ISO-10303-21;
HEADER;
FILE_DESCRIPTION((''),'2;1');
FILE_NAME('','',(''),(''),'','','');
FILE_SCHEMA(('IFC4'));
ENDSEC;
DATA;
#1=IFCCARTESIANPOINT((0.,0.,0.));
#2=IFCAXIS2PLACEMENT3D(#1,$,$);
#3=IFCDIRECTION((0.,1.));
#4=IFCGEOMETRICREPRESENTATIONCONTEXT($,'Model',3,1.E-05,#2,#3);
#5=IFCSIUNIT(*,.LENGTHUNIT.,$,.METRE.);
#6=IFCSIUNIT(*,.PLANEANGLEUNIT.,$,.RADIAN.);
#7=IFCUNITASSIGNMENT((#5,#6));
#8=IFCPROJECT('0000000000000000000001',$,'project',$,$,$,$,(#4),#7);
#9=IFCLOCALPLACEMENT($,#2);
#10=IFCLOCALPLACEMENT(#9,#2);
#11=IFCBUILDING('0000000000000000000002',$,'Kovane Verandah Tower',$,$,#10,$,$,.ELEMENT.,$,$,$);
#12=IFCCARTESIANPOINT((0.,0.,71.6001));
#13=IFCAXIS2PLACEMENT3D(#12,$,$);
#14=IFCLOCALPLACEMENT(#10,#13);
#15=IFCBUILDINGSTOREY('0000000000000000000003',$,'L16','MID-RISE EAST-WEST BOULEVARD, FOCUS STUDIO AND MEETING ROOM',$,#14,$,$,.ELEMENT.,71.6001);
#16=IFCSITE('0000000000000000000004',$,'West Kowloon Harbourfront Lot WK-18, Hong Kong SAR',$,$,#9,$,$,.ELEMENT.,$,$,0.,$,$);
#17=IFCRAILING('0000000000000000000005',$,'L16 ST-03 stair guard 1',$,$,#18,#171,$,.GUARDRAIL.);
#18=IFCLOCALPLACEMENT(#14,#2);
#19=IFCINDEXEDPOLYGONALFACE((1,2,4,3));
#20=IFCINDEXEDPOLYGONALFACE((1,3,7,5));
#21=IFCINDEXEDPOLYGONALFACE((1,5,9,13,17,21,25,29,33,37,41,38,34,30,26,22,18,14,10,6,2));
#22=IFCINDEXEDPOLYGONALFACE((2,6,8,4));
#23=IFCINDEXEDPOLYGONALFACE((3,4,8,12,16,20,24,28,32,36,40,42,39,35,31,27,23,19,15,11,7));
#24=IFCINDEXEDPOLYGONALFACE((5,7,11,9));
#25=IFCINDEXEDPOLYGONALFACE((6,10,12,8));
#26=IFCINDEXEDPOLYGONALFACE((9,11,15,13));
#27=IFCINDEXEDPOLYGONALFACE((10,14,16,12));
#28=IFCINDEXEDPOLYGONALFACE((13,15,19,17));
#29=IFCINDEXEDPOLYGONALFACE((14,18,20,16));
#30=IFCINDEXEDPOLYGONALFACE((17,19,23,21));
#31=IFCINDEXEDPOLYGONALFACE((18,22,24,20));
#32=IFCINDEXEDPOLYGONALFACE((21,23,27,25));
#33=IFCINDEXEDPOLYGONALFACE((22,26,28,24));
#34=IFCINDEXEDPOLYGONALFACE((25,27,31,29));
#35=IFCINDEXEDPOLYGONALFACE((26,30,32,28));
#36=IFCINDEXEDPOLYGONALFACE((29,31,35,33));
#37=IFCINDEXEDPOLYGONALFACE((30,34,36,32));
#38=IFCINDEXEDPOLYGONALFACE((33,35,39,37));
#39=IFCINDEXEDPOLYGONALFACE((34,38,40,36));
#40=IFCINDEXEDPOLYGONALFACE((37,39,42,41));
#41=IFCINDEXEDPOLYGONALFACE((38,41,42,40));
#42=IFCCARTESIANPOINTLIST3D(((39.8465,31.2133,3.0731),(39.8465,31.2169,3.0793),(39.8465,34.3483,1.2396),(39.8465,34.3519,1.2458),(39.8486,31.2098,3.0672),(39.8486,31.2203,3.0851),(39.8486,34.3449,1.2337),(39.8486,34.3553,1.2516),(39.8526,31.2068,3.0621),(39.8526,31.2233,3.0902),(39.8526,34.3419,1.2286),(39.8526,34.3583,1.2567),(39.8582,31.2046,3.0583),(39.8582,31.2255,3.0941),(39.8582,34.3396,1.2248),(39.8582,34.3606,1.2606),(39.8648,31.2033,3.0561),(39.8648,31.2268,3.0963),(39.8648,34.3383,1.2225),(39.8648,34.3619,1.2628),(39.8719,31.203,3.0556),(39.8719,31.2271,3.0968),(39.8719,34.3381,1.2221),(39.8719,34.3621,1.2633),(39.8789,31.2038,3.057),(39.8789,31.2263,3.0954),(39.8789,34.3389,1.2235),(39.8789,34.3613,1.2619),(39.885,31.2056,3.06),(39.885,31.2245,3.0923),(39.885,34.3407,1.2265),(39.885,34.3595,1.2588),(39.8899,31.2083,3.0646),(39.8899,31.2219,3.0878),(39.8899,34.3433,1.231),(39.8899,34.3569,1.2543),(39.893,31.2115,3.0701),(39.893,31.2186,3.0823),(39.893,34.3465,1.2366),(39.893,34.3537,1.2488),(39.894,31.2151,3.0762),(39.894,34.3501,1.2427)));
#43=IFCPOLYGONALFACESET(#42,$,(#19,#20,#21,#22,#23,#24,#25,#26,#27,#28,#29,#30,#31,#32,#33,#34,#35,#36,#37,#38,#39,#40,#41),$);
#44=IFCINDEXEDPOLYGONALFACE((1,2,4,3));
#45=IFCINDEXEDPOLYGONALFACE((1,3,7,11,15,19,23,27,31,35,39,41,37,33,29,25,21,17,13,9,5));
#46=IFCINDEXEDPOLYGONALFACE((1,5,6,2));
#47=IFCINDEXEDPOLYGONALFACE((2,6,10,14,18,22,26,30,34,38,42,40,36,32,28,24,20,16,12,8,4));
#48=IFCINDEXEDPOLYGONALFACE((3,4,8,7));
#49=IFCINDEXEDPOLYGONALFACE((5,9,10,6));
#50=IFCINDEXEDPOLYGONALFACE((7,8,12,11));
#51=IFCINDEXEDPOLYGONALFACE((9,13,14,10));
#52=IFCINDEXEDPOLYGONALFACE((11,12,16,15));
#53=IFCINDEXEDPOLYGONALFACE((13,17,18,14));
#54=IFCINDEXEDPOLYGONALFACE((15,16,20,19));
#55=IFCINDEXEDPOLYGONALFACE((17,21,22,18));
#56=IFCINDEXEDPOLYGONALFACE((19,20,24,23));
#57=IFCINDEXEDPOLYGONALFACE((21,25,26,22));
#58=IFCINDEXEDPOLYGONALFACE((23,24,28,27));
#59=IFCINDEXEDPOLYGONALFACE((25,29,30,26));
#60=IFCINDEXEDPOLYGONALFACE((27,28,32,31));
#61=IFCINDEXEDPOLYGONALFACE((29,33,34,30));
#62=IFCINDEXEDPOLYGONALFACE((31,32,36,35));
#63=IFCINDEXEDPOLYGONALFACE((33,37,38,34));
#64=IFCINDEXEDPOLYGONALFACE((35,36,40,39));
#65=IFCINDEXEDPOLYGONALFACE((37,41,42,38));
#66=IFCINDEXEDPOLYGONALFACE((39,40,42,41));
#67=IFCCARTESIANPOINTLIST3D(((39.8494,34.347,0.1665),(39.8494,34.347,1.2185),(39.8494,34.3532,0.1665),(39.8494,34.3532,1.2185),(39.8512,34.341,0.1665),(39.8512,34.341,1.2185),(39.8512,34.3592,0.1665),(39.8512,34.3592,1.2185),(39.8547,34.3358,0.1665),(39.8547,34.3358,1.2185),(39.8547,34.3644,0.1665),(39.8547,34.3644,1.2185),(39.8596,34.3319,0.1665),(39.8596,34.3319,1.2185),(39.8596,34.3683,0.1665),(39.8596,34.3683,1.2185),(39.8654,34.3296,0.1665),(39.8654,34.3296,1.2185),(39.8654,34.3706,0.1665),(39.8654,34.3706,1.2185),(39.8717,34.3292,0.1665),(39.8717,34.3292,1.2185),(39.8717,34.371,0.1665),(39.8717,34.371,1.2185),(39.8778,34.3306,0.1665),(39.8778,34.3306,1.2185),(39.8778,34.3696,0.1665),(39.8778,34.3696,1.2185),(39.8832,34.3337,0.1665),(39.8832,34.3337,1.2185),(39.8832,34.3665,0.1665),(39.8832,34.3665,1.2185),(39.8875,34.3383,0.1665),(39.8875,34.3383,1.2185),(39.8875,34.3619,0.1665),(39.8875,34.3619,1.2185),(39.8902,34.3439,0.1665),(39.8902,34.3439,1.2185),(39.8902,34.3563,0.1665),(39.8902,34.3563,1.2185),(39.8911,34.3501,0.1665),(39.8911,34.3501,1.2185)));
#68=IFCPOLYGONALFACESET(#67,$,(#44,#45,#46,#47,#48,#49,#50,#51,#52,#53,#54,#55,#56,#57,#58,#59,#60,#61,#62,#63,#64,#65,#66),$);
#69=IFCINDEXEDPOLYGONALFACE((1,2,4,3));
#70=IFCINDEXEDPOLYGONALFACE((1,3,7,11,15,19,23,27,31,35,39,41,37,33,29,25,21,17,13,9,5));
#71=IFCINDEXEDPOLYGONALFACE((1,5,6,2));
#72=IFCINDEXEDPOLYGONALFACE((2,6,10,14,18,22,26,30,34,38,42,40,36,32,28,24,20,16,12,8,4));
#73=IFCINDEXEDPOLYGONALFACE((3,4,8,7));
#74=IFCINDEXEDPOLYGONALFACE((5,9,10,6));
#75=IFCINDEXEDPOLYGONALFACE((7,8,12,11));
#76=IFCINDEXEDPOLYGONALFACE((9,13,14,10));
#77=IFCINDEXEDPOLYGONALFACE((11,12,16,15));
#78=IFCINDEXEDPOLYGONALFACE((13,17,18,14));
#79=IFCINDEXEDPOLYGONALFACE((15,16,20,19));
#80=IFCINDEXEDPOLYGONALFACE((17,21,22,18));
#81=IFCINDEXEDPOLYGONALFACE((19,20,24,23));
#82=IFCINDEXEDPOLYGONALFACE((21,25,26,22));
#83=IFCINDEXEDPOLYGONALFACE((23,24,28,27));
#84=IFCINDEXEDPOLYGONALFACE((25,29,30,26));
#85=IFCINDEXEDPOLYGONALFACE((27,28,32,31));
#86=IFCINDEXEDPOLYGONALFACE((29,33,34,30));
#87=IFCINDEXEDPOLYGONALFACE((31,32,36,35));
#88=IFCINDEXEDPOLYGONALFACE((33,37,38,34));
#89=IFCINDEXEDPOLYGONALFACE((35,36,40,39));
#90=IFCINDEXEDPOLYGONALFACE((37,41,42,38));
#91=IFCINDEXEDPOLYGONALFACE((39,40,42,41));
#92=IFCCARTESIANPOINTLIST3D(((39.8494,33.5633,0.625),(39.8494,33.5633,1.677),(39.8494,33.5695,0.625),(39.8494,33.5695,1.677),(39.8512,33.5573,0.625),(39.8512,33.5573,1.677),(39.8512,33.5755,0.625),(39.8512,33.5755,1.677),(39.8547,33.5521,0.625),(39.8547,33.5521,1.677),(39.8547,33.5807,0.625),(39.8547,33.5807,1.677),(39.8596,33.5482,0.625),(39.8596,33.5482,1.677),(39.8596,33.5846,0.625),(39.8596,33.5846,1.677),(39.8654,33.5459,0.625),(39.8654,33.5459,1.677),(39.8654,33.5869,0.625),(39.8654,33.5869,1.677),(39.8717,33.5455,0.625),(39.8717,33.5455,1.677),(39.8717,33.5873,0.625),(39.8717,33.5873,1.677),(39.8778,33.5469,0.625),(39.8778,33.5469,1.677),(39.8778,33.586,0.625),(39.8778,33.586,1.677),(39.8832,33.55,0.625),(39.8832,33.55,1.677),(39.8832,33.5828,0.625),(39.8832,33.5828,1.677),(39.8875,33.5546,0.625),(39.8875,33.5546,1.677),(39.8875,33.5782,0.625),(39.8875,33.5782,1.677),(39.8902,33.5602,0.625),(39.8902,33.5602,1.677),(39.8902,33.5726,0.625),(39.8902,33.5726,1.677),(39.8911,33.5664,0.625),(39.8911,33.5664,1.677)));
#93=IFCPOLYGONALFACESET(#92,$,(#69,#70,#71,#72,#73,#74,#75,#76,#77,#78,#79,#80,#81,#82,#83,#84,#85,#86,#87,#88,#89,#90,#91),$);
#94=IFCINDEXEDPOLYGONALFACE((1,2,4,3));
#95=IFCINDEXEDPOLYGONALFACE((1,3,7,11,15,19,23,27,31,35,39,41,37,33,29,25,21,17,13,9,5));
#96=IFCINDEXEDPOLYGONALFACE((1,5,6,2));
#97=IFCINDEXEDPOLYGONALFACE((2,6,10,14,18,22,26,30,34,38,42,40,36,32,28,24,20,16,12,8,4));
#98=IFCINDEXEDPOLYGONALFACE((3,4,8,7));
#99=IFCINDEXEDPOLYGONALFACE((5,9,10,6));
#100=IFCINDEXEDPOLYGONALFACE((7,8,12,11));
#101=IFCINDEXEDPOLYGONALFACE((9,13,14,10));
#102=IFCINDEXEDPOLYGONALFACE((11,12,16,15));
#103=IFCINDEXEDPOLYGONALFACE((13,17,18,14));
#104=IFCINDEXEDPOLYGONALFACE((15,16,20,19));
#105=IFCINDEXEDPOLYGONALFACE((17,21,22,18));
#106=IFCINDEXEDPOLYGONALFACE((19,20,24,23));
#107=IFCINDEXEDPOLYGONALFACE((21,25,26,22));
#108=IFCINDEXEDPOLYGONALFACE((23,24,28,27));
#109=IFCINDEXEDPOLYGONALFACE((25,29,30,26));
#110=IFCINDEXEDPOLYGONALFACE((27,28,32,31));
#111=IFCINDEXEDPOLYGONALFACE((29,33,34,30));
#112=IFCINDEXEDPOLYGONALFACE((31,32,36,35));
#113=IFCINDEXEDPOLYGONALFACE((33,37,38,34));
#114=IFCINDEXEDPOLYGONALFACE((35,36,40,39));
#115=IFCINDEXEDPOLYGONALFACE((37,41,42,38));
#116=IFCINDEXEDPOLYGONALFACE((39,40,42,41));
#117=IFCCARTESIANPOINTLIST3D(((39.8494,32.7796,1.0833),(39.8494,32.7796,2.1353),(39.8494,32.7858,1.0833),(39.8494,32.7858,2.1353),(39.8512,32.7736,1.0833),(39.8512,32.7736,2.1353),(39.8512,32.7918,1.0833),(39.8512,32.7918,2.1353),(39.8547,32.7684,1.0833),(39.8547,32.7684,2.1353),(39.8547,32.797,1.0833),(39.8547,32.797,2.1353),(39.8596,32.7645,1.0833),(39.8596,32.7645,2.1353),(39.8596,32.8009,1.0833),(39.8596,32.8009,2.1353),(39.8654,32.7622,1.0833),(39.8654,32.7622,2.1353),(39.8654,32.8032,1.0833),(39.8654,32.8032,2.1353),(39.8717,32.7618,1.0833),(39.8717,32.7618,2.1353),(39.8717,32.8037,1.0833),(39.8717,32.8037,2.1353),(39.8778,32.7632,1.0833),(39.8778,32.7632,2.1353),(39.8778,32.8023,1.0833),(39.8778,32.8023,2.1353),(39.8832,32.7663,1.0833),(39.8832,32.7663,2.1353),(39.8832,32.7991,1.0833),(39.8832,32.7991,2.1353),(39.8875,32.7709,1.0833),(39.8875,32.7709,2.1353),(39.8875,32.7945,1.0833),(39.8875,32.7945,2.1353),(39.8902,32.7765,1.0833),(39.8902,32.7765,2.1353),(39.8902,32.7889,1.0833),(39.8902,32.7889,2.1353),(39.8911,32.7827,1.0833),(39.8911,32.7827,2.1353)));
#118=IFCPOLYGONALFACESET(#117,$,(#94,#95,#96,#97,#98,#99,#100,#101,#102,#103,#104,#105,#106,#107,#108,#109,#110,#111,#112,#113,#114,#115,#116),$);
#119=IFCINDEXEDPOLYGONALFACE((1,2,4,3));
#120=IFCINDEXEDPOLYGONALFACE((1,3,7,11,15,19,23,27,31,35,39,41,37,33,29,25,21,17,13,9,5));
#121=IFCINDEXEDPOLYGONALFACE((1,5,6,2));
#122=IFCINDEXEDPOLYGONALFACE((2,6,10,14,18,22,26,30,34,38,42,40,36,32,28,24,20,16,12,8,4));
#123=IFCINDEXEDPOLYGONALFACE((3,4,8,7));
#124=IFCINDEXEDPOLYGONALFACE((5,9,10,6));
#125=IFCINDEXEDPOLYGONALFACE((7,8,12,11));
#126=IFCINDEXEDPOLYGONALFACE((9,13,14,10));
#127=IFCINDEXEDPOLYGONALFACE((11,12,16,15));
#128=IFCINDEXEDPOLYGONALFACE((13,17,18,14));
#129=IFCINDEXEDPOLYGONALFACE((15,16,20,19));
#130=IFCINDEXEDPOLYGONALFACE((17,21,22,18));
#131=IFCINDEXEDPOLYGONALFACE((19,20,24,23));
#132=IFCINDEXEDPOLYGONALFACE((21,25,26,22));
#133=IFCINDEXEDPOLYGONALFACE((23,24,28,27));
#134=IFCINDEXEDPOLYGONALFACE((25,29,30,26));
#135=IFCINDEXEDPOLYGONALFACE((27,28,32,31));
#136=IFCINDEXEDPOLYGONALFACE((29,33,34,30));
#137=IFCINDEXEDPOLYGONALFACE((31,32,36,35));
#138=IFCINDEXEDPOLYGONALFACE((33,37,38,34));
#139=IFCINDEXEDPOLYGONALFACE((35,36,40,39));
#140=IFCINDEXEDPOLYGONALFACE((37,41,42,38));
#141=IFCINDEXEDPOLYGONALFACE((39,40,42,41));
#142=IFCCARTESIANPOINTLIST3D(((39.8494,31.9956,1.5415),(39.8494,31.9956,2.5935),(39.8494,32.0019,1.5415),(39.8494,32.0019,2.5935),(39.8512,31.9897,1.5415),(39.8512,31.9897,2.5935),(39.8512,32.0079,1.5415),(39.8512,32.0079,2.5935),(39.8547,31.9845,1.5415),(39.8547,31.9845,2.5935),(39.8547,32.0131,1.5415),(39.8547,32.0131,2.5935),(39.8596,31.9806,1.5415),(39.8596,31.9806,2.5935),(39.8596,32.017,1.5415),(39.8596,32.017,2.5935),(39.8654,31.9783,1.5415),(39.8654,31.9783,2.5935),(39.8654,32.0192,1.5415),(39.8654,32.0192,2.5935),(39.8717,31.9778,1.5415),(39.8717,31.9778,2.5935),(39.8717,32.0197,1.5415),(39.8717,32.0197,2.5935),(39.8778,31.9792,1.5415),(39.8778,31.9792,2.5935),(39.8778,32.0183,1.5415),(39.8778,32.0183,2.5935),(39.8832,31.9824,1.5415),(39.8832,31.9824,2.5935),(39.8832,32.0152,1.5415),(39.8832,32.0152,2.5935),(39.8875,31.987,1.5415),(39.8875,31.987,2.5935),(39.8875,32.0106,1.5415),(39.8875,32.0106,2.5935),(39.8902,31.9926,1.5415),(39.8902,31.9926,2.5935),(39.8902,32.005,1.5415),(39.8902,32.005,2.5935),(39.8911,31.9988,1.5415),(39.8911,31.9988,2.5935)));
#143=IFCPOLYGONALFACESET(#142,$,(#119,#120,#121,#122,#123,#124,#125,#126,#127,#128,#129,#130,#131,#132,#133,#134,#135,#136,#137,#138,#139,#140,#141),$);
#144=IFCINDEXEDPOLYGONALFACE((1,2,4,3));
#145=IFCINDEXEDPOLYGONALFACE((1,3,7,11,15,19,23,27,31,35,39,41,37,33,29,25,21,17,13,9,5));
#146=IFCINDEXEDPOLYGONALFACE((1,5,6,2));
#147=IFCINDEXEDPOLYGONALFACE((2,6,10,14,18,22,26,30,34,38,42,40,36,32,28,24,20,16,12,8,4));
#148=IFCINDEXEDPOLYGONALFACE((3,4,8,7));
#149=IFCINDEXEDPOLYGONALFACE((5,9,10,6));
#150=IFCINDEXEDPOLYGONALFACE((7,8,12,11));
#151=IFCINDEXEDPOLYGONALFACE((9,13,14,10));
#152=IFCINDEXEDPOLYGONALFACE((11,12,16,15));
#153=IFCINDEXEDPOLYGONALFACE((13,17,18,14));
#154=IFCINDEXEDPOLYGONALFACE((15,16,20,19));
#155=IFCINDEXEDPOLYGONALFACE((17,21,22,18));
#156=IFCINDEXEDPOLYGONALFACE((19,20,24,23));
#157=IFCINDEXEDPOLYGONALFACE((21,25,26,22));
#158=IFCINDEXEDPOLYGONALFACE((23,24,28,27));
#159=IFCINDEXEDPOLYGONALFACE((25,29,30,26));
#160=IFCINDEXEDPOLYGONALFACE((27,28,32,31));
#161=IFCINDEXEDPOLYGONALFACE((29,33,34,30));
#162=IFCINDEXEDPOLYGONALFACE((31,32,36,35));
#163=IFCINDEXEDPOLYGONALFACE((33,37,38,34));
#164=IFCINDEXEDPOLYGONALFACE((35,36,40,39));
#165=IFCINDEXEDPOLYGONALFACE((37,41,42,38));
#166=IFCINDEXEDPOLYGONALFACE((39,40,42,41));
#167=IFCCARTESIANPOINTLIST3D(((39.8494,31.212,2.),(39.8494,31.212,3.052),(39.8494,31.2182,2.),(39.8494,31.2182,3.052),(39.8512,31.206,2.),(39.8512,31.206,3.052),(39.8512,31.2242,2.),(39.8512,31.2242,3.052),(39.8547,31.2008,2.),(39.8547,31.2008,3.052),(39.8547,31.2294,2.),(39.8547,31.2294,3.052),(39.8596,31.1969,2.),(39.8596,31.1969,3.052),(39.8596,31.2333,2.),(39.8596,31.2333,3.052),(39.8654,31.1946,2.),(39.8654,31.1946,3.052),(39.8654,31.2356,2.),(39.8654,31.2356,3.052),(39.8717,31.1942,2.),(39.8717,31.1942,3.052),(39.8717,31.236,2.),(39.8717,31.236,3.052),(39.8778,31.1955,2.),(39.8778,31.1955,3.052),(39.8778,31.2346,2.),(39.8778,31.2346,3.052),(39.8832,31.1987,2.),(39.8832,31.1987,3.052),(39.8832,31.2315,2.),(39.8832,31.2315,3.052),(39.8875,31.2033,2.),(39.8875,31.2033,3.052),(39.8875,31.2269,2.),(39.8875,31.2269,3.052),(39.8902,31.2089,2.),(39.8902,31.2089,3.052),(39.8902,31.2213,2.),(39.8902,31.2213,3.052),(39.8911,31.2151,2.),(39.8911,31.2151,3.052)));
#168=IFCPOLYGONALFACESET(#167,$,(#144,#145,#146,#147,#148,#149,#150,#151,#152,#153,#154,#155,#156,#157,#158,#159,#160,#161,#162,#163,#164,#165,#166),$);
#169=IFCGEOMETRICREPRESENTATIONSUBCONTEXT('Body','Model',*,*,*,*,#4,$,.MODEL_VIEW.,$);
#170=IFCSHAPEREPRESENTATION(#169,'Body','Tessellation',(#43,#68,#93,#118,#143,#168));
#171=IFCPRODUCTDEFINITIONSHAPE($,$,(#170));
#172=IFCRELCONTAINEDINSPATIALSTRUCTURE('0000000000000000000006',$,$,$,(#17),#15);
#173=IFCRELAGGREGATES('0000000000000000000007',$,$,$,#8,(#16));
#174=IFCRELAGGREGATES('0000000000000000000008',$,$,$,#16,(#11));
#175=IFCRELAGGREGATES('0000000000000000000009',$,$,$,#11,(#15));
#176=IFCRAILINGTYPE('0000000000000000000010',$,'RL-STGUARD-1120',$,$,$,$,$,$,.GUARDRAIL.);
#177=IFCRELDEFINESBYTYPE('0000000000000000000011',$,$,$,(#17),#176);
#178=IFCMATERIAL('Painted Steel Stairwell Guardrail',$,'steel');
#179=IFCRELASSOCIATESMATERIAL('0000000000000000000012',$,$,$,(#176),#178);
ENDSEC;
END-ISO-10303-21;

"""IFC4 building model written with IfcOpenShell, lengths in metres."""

from ifc_helpers import new_model, si_unit, direction, frame, origin, origin_2d, place, context, subcontext, project, spatial, circle, extrude, material, type_object, element, save


model = new_model("IFC4")

# Units and contexts
model_context = context("Model", 3, precision=1e-05, world=origin(), true_north=direction((0.0, 1.0)))
body_context = subcontext(model_context, "Body", "Model", "MODEL_VIEW")
ifc_project = project(units=[si_unit("LENGTHUNIT", "METRE"), si_unit("PLANEANGLEUNIT", "RADIAN")], contexts=[model_context])

# Site, building, storey
site_placement = place(None, origin())
site = spatial("IfcSite", under=ifc_project, at=site_placement, Name="West Kowloon Harbourfront Lot WK-18, Hong Kong SAR", CompositionType="ELEMENT", RefElevation=0.0)
building_placement = place(site_placement, origin())
building = spatial("IfcBuilding", under=site, at=building_placement, Name="Kovane Verandah Tower", CompositionType="ELEMENT")
storey_placement = place(building_placement, frame((0.0, 0.0, 71.6001)))
storey = spatial("IfcBuildingStorey", under=building, at=storey_placement, Name="L16", Description="MID-RISE EAST-WEST BOULEVARD, FOCUS STUDIO AND MEETING ROOM", CompositionType="ELEMENT", Elevation=71.6001)

# Railing
ifc_material_1 = material(Name="Painted Steel Stairwell Guardrail", Category="steel")
railing_type_1 = type_object("IfcRailingType", Name="RL-STGUARD-1120", PredefinedType="GUARDRAIL", material=ifc_material_1)
railing_1_placement = place(storey_placement, frame((39.8701, 34.3501, 0.1665)))
element("IfcRailing", 1, at=railing_1_placement, inside=storey, type_object=railing_type_1, Name="L16 ST-03 stair guard 1", PredefinedType="GUARDRAIL", context=body_context, shape_type="SweptSolid", body=[
    extrude(circle(Radius=0.0239, at=origin_2d()), frame((0.0, 0.0, 1.0762), z_axis=(0.0, -0.86321, 0.504845), x_axis=(1.0, 0.0, 0.0)), (0.0, 0.0, 1.0), 3.6318),
    extrude(circle(Radius=0.021, at=origin_2d()), origin(), (0.0, 0.0, 1.0), 1.052),
    extrude(circle(Radius=0.021, at=origin_2d()), frame((0.0, -0.7837, 0.4585)), (0.0, 0.0, 1.0), 1.052),
    extrude(circle(Radius=0.021, at=origin_2d()), frame((0.0, -1.5674, 0.9167)), (0.0, 0.0, 1.0), 1.052),
    extrude(circle(Radius=0.021, at=origin_2d()), frame((0.0, -2.3513, 1.375)), (0.0, 0.0, 1.0), 1.052),
    extrude(circle(Radius=0.021, at=origin_2d()), frame((0.0, -3.135, 1.8335)), (0.0, 0.0, 1.0), 1.052),
])

save(model, "model.ifc")
